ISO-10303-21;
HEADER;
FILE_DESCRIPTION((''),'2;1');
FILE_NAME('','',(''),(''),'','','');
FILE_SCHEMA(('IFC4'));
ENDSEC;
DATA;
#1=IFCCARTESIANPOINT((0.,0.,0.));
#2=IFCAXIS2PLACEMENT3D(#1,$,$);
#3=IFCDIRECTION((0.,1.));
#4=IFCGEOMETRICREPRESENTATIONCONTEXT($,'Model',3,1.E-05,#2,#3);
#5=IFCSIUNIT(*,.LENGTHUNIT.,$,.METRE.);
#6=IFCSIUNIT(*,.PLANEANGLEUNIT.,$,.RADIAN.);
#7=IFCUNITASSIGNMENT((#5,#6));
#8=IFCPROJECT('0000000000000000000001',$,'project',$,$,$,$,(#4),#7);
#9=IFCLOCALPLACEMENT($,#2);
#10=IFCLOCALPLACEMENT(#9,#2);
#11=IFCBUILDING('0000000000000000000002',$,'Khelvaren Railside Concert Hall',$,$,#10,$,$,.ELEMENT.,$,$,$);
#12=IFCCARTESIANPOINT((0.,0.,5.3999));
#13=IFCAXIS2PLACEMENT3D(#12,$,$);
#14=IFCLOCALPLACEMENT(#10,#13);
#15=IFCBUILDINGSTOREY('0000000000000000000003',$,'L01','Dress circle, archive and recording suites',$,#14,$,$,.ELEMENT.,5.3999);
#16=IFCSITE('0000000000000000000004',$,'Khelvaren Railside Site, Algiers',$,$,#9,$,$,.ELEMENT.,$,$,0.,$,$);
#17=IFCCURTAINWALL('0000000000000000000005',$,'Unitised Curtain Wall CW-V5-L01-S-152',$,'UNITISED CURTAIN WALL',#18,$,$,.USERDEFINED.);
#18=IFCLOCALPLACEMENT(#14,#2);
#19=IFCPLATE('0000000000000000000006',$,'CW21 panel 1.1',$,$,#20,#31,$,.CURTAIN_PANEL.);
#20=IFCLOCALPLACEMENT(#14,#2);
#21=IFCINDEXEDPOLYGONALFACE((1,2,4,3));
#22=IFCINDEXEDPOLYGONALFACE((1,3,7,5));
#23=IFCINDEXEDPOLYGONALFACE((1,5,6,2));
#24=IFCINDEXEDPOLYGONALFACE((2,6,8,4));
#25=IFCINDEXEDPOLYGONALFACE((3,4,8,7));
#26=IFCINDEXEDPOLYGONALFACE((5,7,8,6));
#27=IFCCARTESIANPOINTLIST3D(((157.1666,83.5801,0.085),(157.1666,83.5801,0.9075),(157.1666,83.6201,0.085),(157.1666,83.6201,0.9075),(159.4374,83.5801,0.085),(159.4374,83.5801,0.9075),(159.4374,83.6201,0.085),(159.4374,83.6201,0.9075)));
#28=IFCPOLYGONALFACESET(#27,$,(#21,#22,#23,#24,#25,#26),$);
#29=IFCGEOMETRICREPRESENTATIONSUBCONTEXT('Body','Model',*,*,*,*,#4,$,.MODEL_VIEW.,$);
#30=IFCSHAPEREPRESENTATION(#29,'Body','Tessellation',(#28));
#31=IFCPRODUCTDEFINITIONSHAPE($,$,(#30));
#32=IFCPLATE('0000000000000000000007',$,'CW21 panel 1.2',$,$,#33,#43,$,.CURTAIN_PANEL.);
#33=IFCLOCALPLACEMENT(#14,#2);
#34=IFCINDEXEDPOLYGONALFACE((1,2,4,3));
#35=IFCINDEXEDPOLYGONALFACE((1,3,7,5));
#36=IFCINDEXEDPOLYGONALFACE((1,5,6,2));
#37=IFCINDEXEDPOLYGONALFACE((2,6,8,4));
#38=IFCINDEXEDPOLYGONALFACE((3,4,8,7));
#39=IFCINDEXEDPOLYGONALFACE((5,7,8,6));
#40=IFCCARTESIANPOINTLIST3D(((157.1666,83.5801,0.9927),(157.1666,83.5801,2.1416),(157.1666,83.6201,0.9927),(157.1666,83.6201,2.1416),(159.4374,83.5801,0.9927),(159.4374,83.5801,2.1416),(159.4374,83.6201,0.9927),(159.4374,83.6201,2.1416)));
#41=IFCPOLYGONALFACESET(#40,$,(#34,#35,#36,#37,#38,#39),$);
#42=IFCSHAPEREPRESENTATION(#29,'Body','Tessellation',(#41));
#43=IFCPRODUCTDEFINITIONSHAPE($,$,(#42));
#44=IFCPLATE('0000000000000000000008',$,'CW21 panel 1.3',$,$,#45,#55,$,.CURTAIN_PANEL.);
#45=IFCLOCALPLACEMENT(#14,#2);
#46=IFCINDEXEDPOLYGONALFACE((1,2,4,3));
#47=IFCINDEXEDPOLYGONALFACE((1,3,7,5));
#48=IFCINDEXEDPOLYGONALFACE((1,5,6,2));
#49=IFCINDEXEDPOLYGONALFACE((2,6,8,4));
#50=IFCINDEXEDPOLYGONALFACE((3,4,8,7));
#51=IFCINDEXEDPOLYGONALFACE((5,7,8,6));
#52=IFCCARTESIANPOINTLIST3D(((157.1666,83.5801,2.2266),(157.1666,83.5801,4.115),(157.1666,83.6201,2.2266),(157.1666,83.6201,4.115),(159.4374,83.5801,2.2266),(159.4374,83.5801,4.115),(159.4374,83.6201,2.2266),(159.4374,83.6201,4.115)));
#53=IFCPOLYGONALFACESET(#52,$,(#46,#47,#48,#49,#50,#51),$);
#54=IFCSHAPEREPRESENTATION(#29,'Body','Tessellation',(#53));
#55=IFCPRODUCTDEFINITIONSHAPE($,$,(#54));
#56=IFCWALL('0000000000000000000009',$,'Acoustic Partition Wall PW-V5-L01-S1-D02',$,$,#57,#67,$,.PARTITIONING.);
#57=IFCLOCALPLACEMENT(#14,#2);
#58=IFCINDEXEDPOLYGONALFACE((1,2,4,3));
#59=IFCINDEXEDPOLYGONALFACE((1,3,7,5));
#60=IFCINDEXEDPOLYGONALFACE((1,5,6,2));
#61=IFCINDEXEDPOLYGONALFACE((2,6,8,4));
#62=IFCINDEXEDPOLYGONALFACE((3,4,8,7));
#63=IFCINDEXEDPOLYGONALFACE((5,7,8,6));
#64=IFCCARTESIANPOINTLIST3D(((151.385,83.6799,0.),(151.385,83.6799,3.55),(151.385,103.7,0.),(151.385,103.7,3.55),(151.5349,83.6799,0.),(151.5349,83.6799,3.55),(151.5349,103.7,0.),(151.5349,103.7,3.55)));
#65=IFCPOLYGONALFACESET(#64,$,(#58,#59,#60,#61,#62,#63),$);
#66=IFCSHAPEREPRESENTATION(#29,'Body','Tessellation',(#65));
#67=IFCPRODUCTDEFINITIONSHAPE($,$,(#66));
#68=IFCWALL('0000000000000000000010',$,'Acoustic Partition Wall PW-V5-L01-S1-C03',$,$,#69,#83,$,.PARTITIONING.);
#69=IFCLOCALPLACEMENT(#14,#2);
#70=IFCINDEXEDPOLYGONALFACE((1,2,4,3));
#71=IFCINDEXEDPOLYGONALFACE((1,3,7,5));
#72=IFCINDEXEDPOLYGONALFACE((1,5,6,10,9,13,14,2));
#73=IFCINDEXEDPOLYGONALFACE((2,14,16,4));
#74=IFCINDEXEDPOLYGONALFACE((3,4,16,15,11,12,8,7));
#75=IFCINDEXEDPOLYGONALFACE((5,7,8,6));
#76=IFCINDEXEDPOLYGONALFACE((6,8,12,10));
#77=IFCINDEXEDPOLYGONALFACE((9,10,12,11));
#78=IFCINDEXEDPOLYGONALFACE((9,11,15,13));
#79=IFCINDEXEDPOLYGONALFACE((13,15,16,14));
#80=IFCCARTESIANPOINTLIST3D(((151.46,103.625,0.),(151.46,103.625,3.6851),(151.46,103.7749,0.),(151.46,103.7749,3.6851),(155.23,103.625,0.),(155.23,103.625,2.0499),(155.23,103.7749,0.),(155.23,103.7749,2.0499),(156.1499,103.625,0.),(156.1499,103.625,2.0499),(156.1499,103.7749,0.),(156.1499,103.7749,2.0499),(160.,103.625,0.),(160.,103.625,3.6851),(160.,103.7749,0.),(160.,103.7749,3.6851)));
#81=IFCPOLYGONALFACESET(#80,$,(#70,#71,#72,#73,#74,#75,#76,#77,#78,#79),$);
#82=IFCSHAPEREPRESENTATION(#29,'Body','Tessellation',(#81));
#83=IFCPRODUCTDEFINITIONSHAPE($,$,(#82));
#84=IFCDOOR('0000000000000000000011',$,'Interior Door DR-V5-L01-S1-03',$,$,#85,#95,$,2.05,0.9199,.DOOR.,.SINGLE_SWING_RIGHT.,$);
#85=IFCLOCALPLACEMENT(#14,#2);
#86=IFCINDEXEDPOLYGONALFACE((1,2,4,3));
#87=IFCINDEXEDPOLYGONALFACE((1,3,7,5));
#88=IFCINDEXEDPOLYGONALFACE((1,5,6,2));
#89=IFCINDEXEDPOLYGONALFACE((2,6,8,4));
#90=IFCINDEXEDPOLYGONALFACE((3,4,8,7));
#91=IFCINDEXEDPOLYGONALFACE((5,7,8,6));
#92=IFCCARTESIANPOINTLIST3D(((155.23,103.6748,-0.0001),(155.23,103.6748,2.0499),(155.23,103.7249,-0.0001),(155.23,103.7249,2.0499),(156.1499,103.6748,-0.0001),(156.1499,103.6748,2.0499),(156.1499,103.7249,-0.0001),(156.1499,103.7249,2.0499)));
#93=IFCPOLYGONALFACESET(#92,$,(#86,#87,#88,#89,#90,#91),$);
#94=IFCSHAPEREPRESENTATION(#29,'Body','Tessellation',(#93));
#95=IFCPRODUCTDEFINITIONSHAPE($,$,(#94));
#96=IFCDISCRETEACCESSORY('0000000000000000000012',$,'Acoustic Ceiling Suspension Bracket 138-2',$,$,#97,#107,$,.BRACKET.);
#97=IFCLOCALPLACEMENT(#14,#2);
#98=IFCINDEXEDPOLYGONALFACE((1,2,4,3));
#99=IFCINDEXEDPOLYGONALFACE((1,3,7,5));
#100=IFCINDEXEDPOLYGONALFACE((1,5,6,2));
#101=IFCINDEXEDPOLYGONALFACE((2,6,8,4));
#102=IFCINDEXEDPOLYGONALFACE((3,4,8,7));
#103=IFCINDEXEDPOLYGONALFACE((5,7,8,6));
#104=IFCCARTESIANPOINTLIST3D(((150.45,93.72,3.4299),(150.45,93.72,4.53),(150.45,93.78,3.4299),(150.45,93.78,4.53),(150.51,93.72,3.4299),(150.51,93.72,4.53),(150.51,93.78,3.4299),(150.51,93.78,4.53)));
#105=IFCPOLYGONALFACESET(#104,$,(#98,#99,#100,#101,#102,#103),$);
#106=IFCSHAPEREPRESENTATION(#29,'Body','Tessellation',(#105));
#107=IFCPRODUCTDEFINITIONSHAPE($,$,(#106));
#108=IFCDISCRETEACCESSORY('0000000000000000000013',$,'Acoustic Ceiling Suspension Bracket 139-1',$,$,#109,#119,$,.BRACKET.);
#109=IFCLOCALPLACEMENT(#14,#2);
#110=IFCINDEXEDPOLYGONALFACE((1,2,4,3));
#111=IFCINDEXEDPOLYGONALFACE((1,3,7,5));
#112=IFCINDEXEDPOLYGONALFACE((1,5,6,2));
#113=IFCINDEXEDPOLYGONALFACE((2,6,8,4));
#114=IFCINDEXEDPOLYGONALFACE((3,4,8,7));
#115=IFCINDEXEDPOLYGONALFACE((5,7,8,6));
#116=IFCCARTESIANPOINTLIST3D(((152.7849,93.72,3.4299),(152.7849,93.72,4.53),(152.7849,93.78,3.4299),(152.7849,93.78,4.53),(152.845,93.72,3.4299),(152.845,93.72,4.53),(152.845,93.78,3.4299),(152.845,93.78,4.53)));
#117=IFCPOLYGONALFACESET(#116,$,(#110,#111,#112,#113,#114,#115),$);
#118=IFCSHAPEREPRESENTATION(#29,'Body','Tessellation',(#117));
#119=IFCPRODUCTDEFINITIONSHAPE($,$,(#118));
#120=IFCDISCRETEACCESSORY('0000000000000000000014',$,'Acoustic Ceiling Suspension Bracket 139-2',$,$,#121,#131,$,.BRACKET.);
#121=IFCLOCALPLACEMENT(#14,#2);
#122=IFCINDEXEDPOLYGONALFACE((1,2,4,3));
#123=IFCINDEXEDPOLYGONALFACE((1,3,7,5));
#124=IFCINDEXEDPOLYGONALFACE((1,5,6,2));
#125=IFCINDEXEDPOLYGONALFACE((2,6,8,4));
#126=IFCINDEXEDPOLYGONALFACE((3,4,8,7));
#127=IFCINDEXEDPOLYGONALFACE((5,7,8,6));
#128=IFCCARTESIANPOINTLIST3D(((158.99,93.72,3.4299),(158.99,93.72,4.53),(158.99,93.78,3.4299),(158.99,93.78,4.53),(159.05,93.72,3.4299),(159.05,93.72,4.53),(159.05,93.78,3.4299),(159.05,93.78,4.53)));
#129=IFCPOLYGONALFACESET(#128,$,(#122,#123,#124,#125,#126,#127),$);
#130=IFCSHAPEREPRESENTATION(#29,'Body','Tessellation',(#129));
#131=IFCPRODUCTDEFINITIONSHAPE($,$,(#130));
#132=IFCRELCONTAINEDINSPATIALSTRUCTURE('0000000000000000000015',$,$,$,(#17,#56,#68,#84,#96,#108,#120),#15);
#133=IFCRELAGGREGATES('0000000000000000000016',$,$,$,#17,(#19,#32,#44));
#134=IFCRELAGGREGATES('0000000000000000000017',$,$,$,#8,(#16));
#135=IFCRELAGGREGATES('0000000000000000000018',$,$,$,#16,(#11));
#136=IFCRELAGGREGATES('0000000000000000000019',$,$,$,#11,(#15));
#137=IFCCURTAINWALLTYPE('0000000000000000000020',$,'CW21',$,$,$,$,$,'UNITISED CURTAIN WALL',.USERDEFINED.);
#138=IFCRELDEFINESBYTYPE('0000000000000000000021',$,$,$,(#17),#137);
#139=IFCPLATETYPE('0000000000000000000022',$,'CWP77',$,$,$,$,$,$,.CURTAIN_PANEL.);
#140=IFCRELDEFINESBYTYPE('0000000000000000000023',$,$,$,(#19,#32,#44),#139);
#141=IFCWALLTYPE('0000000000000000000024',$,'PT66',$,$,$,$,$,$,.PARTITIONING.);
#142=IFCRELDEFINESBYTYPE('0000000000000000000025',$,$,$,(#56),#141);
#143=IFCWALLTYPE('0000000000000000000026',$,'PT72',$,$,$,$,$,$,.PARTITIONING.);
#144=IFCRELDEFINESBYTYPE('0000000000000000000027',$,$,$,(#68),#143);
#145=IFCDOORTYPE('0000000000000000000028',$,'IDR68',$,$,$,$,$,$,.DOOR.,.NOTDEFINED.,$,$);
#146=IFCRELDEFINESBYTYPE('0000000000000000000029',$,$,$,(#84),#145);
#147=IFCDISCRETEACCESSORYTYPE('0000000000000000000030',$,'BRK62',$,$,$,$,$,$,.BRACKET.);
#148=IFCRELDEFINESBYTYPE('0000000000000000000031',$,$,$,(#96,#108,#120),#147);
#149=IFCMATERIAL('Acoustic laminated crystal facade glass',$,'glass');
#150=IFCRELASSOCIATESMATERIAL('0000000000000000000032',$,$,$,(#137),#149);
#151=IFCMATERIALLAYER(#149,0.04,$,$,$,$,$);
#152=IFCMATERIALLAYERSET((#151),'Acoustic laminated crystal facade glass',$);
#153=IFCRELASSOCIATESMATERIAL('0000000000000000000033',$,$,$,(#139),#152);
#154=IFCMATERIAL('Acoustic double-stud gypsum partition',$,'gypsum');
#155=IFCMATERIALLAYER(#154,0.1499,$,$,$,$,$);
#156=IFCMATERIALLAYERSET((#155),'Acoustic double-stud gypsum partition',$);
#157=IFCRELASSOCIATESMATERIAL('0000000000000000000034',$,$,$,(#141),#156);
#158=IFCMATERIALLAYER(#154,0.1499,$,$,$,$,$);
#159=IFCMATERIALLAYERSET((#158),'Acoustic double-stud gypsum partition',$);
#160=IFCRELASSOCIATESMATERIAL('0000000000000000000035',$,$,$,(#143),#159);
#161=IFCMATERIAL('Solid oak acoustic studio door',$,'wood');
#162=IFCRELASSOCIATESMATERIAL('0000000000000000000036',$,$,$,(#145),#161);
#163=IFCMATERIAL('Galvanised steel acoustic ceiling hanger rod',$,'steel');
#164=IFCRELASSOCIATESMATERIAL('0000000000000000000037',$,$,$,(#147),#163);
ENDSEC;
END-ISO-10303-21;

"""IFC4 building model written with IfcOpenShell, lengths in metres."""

from ifc_helpers import new_model, si_unit, direction, frame, frame_2d, origin, origin_2d, place, context, subcontext, project, spatial, rectangle, extrude, material, layer, layer_set, type_object, element, fill, aggregate, save


model = new_model("IFC4")

# Units and contexts
model_context = context("Model", 3, precision=1e-05, world=origin(), true_north=direction((0.0, 1.0)))
body_context = subcontext(model_context, "Body", "Model", "MODEL_VIEW")
ifc_project = project(units=[si_unit("LENGTHUNIT", "METRE"), si_unit("PLANEANGLEUNIT", "RADIAN")], contexts=[model_context])

# Site, building, storey
site_placement = place(None, origin())
site = spatial("IfcSite", under=ifc_project, at=site_placement, Name="Khelvaren Railside Site, Algiers", CompositionType="ELEMENT", RefElevation=0.0)
building_placement = place(site_placement, origin())
building = spatial("IfcBuilding", under=site, at=building_placement, Name="Khelvaren Railside Concert Hall", CompositionType="ELEMENT")
storey_placement = place(building_placement, frame((0.0, 0.0, 5.3999)))
storey = spatial("IfcBuildingStorey", under=building, at=storey_placement, Name="L01", Description="Dress circle, archive and recording suites", CompositionType="ELEMENT", Elevation=5.3999)

# Curtain wall
ifc_material_1 = material(Name="Acoustic laminated crystal facade glass", Category="glass")
curtain_wall_type = type_object("IfcCurtainWallType", Name="CW21", ElementType="UNITISED CURTAIN WALL", PredefinedType="USERDEFINED", material=ifc_material_1)
curtain_wall_placement = place(storey_placement, origin())
curtain_wall = element("IfcCurtainWall", 1, at=curtain_wall_placement, inside=storey, type_object=curtain_wall_type, Name="Unitised Curtain Wall CW-V5-L01-S-152", ObjectType="UNITISED CURTAIN WALL", PredefinedType="USERDEFINED")

# Plates
ifc_layer_1 = layer(ifc_material_1, 0.04)
ifc_layer_set_1 = layer_set([ifc_layer_1], Name="Acoustic laminated crystal facade glass")
plate_type = type_object("IfcPlateType", Name="CWP77", PredefinedType="CURTAIN_PANEL", material=ifc_layer_set_1)
plate_1_placement = place(storey_placement, frame((158.302, 83.6001, 0.085), z_axis=(0.0, 0.0, 1.0), x_axis=(-1.0, 0.0, 0.0)))
plate_1 = element("IfcPlate", 2, at=plate_1_placement, type_object=plate_type, Name="CW21 panel 1.1", PredefinedType="CURTAIN_PANEL", context=body_context, shape_type="SweptSolid", body=[
    extrude(rectangle(XDim=2.2708, YDim=0.04, at=origin_2d()), origin(), (0.0, 0.0, 1.0), 0.8225),
])
plate_2_placement = place(storey_placement, frame((158.302, 83.6001, 0.9927), z_axis=(0.0, 0.0, 1.0), x_axis=(-1.0, 0.0, 0.0)))
plate_2 = element("IfcPlate", 3, at=plate_2_placement, type_object=plate_type, Name="CW21 panel 1.2", PredefinedType="CURTAIN_PANEL", context=body_context, shape_type="SweptSolid", body=[
    extrude(rectangle(XDim=2.2708, YDim=0.04, at=origin_2d()), origin(), (0.0, 0.0, 1.0), 1.1489),
])
plate_3_placement = place(storey_placement, frame((158.302, 83.6001, 2.2266), z_axis=(0.0, 0.0, 1.0), x_axis=(-1.0, 0.0, 0.0)))
plate_3 = element("IfcPlate", 4, at=plate_3_placement, type_object=plate_type, Name="CW21 panel 1.3", PredefinedType="CURTAIN_PANEL", context=body_context, shape_type="SweptSolid", body=[
    extrude(rectangle(XDim=2.2708, YDim=0.04, at=origin_2d()), origin(), (0.0, 0.0, 1.0), 1.8884),
])
aggregate(curtain_wall, [plate_1, plate_2, plate_3])

# Wall
ifc_material_2 = material(Name="Acoustic double-stud gypsum partition", Category="gypsum")
ifc_layer_2 = layer(ifc_material_2, 0.1499)
ifc_layer_set_2 = layer_set([ifc_layer_2], Name="Acoustic double-stud gypsum partition")
wall_type_1 = type_object("IfcWallType", Name="PT66", PredefinedType="PARTITIONING", material=ifc_layer_set_2)
wall_1_placement = place(storey_placement, frame((151.46, 83.6799, 0.0), z_axis=(0.0, 0.0, 1.0), x_axis=(0.0, 1.0, 0.0)))
element("IfcWall", 5, at=wall_1_placement, inside=storey, type_object=wall_type_1, Name="Acoustic Partition Wall PW-V5-L01-S1-D02", PredefinedType="PARTITIONING", context=body_context, shape_type="SweptSolid", body=[
    extrude(rectangle(XDim=20.02, YDim=0.1499, at=frame_2d((10.01, 0.0))), origin(), (0.0, 0.0, 1.0), 3.55),
])

# Wall, opening, door
ifc_layer_3 = layer(ifc_material_2, 0.1499)
ifc_layer_set_3 = layer_set([ifc_layer_3], Name="Acoustic double-stud gypsum partition")
wall_type_2 = type_object("IfcWallType", Name="PT72", PredefinedType="PARTITIONING", material=ifc_layer_set_3)
wall_2_placement = place(storey_placement, frame((151.46, 103.7, 0.0), z_axis=(0.0, 0.0, 1.0), x_axis=(1.0, 0.0, 0.0)))
wall_2 = element("IfcWall", 6, at=wall_2_placement, inside=storey, type_object=wall_type_2, Name="Acoustic Partition Wall PW-V5-L01-S1-C03", PredefinedType="PARTITIONING", context=body_context, shape_type="SweptSolid", body=[
    extrude(rectangle(XDim=8.54, YDim=0.1499, at=frame_2d((4.27, 0.0))), origin(), (0.0, 0.0, 1.0), 3.6851),
])
opening_placement = place(wall_2_placement, frame((3.77, 0.0, 0.0)))
opening = element("IfcOpeningElement", 7, at=opening_placement, cuts=wall_2, PredefinedType="OPENING", context=body_context, shape_type="SweptSolid", body=[
    extrude(rectangle(XDim=0.9199, YDim=2.05, at=frame_2d((0.46, 1.0249))), frame((0.0, 0.085, 0.0), z_axis=(0.0, -1.0, 0.0), x_axis=(1.0, 0.0, 0.0)), (0.0, 0.0, 1.0), 0.1699),
])
ifc_material_3 = material(Name="Solid oak acoustic studio door", Category="wood")
door_type = type_object("IfcDoorType", Name="IDR68", OperationType="NOTDEFINED", PredefinedType="DOOR", material=ifc_material_3)
door_placement = place(opening_placement, origin())
door = element("IfcDoor", 8, at=door_placement, inside=storey, type_object=door_type, Name="Interior Door DR-V5-L01-S1-03", OperationType="SINGLE_SWING_RIGHT", OverallHeight=2.05, OverallWidth=0.9199, PredefinedType="DOOR", context=body_context, shape_type="SweptSolid", body=[
    extrude(rectangle(XDim=0.9199, YDim=2.05, at=frame_2d((0.46, 1.0249))), frame((0.0, 0.0249, 0.0), z_axis=(0.0, -1.0, 0.0), x_axis=(1.0, 0.0, 0.0)), (0.0, 0.0, 1.0), 0.05),
])
fill(opening, door)

# Discrete accessories
ifc_material_4 = material(Name="Galvanised steel acoustic ceiling hanger rod", Category="steel")
discrete_accessory_type = type_object("IfcDiscreteAccessoryType", Name="BRK62", PredefinedType="BRACKET", material=ifc_material_4)
for number, where, z_axis, x_axis, name in (
    (9, (150.48, 93.75, 3.4299), (0.0, 0.0, 1.0), (1.0, 0.0, 0.0), "Acoustic Ceiling Suspension Bracket 138-2"),
    (10, (152.8149, 93.75, 3.4299), (0.0, 0.0, 1.0), (1.0, 0.0, 0.0), "Acoustic Ceiling Suspension Bracket 139-1"),
    (11, (159.02, 93.75, 3.4299), (0.0, 0.0, 1.0), (1.0, 0.0, 0.0), "Acoustic Ceiling Suspension Bracket 139-2"),
):
    element("IfcDiscreteAccessory", number, at=place(storey_placement, frame(where, z_axis=z_axis, x_axis=x_axis)), inside=storey, type_object=discrete_accessory_type, Name=name, PredefinedType="BRACKET", context=body_context, shape_type="SweptSolid", body=[
        extrude(rectangle(XDim=0.0601, YDim=0.0601, at=origin_2d()), origin(), (0.0, 0.0, 1.0), 1.1001),
    ])

save(model, "model.ifc")
